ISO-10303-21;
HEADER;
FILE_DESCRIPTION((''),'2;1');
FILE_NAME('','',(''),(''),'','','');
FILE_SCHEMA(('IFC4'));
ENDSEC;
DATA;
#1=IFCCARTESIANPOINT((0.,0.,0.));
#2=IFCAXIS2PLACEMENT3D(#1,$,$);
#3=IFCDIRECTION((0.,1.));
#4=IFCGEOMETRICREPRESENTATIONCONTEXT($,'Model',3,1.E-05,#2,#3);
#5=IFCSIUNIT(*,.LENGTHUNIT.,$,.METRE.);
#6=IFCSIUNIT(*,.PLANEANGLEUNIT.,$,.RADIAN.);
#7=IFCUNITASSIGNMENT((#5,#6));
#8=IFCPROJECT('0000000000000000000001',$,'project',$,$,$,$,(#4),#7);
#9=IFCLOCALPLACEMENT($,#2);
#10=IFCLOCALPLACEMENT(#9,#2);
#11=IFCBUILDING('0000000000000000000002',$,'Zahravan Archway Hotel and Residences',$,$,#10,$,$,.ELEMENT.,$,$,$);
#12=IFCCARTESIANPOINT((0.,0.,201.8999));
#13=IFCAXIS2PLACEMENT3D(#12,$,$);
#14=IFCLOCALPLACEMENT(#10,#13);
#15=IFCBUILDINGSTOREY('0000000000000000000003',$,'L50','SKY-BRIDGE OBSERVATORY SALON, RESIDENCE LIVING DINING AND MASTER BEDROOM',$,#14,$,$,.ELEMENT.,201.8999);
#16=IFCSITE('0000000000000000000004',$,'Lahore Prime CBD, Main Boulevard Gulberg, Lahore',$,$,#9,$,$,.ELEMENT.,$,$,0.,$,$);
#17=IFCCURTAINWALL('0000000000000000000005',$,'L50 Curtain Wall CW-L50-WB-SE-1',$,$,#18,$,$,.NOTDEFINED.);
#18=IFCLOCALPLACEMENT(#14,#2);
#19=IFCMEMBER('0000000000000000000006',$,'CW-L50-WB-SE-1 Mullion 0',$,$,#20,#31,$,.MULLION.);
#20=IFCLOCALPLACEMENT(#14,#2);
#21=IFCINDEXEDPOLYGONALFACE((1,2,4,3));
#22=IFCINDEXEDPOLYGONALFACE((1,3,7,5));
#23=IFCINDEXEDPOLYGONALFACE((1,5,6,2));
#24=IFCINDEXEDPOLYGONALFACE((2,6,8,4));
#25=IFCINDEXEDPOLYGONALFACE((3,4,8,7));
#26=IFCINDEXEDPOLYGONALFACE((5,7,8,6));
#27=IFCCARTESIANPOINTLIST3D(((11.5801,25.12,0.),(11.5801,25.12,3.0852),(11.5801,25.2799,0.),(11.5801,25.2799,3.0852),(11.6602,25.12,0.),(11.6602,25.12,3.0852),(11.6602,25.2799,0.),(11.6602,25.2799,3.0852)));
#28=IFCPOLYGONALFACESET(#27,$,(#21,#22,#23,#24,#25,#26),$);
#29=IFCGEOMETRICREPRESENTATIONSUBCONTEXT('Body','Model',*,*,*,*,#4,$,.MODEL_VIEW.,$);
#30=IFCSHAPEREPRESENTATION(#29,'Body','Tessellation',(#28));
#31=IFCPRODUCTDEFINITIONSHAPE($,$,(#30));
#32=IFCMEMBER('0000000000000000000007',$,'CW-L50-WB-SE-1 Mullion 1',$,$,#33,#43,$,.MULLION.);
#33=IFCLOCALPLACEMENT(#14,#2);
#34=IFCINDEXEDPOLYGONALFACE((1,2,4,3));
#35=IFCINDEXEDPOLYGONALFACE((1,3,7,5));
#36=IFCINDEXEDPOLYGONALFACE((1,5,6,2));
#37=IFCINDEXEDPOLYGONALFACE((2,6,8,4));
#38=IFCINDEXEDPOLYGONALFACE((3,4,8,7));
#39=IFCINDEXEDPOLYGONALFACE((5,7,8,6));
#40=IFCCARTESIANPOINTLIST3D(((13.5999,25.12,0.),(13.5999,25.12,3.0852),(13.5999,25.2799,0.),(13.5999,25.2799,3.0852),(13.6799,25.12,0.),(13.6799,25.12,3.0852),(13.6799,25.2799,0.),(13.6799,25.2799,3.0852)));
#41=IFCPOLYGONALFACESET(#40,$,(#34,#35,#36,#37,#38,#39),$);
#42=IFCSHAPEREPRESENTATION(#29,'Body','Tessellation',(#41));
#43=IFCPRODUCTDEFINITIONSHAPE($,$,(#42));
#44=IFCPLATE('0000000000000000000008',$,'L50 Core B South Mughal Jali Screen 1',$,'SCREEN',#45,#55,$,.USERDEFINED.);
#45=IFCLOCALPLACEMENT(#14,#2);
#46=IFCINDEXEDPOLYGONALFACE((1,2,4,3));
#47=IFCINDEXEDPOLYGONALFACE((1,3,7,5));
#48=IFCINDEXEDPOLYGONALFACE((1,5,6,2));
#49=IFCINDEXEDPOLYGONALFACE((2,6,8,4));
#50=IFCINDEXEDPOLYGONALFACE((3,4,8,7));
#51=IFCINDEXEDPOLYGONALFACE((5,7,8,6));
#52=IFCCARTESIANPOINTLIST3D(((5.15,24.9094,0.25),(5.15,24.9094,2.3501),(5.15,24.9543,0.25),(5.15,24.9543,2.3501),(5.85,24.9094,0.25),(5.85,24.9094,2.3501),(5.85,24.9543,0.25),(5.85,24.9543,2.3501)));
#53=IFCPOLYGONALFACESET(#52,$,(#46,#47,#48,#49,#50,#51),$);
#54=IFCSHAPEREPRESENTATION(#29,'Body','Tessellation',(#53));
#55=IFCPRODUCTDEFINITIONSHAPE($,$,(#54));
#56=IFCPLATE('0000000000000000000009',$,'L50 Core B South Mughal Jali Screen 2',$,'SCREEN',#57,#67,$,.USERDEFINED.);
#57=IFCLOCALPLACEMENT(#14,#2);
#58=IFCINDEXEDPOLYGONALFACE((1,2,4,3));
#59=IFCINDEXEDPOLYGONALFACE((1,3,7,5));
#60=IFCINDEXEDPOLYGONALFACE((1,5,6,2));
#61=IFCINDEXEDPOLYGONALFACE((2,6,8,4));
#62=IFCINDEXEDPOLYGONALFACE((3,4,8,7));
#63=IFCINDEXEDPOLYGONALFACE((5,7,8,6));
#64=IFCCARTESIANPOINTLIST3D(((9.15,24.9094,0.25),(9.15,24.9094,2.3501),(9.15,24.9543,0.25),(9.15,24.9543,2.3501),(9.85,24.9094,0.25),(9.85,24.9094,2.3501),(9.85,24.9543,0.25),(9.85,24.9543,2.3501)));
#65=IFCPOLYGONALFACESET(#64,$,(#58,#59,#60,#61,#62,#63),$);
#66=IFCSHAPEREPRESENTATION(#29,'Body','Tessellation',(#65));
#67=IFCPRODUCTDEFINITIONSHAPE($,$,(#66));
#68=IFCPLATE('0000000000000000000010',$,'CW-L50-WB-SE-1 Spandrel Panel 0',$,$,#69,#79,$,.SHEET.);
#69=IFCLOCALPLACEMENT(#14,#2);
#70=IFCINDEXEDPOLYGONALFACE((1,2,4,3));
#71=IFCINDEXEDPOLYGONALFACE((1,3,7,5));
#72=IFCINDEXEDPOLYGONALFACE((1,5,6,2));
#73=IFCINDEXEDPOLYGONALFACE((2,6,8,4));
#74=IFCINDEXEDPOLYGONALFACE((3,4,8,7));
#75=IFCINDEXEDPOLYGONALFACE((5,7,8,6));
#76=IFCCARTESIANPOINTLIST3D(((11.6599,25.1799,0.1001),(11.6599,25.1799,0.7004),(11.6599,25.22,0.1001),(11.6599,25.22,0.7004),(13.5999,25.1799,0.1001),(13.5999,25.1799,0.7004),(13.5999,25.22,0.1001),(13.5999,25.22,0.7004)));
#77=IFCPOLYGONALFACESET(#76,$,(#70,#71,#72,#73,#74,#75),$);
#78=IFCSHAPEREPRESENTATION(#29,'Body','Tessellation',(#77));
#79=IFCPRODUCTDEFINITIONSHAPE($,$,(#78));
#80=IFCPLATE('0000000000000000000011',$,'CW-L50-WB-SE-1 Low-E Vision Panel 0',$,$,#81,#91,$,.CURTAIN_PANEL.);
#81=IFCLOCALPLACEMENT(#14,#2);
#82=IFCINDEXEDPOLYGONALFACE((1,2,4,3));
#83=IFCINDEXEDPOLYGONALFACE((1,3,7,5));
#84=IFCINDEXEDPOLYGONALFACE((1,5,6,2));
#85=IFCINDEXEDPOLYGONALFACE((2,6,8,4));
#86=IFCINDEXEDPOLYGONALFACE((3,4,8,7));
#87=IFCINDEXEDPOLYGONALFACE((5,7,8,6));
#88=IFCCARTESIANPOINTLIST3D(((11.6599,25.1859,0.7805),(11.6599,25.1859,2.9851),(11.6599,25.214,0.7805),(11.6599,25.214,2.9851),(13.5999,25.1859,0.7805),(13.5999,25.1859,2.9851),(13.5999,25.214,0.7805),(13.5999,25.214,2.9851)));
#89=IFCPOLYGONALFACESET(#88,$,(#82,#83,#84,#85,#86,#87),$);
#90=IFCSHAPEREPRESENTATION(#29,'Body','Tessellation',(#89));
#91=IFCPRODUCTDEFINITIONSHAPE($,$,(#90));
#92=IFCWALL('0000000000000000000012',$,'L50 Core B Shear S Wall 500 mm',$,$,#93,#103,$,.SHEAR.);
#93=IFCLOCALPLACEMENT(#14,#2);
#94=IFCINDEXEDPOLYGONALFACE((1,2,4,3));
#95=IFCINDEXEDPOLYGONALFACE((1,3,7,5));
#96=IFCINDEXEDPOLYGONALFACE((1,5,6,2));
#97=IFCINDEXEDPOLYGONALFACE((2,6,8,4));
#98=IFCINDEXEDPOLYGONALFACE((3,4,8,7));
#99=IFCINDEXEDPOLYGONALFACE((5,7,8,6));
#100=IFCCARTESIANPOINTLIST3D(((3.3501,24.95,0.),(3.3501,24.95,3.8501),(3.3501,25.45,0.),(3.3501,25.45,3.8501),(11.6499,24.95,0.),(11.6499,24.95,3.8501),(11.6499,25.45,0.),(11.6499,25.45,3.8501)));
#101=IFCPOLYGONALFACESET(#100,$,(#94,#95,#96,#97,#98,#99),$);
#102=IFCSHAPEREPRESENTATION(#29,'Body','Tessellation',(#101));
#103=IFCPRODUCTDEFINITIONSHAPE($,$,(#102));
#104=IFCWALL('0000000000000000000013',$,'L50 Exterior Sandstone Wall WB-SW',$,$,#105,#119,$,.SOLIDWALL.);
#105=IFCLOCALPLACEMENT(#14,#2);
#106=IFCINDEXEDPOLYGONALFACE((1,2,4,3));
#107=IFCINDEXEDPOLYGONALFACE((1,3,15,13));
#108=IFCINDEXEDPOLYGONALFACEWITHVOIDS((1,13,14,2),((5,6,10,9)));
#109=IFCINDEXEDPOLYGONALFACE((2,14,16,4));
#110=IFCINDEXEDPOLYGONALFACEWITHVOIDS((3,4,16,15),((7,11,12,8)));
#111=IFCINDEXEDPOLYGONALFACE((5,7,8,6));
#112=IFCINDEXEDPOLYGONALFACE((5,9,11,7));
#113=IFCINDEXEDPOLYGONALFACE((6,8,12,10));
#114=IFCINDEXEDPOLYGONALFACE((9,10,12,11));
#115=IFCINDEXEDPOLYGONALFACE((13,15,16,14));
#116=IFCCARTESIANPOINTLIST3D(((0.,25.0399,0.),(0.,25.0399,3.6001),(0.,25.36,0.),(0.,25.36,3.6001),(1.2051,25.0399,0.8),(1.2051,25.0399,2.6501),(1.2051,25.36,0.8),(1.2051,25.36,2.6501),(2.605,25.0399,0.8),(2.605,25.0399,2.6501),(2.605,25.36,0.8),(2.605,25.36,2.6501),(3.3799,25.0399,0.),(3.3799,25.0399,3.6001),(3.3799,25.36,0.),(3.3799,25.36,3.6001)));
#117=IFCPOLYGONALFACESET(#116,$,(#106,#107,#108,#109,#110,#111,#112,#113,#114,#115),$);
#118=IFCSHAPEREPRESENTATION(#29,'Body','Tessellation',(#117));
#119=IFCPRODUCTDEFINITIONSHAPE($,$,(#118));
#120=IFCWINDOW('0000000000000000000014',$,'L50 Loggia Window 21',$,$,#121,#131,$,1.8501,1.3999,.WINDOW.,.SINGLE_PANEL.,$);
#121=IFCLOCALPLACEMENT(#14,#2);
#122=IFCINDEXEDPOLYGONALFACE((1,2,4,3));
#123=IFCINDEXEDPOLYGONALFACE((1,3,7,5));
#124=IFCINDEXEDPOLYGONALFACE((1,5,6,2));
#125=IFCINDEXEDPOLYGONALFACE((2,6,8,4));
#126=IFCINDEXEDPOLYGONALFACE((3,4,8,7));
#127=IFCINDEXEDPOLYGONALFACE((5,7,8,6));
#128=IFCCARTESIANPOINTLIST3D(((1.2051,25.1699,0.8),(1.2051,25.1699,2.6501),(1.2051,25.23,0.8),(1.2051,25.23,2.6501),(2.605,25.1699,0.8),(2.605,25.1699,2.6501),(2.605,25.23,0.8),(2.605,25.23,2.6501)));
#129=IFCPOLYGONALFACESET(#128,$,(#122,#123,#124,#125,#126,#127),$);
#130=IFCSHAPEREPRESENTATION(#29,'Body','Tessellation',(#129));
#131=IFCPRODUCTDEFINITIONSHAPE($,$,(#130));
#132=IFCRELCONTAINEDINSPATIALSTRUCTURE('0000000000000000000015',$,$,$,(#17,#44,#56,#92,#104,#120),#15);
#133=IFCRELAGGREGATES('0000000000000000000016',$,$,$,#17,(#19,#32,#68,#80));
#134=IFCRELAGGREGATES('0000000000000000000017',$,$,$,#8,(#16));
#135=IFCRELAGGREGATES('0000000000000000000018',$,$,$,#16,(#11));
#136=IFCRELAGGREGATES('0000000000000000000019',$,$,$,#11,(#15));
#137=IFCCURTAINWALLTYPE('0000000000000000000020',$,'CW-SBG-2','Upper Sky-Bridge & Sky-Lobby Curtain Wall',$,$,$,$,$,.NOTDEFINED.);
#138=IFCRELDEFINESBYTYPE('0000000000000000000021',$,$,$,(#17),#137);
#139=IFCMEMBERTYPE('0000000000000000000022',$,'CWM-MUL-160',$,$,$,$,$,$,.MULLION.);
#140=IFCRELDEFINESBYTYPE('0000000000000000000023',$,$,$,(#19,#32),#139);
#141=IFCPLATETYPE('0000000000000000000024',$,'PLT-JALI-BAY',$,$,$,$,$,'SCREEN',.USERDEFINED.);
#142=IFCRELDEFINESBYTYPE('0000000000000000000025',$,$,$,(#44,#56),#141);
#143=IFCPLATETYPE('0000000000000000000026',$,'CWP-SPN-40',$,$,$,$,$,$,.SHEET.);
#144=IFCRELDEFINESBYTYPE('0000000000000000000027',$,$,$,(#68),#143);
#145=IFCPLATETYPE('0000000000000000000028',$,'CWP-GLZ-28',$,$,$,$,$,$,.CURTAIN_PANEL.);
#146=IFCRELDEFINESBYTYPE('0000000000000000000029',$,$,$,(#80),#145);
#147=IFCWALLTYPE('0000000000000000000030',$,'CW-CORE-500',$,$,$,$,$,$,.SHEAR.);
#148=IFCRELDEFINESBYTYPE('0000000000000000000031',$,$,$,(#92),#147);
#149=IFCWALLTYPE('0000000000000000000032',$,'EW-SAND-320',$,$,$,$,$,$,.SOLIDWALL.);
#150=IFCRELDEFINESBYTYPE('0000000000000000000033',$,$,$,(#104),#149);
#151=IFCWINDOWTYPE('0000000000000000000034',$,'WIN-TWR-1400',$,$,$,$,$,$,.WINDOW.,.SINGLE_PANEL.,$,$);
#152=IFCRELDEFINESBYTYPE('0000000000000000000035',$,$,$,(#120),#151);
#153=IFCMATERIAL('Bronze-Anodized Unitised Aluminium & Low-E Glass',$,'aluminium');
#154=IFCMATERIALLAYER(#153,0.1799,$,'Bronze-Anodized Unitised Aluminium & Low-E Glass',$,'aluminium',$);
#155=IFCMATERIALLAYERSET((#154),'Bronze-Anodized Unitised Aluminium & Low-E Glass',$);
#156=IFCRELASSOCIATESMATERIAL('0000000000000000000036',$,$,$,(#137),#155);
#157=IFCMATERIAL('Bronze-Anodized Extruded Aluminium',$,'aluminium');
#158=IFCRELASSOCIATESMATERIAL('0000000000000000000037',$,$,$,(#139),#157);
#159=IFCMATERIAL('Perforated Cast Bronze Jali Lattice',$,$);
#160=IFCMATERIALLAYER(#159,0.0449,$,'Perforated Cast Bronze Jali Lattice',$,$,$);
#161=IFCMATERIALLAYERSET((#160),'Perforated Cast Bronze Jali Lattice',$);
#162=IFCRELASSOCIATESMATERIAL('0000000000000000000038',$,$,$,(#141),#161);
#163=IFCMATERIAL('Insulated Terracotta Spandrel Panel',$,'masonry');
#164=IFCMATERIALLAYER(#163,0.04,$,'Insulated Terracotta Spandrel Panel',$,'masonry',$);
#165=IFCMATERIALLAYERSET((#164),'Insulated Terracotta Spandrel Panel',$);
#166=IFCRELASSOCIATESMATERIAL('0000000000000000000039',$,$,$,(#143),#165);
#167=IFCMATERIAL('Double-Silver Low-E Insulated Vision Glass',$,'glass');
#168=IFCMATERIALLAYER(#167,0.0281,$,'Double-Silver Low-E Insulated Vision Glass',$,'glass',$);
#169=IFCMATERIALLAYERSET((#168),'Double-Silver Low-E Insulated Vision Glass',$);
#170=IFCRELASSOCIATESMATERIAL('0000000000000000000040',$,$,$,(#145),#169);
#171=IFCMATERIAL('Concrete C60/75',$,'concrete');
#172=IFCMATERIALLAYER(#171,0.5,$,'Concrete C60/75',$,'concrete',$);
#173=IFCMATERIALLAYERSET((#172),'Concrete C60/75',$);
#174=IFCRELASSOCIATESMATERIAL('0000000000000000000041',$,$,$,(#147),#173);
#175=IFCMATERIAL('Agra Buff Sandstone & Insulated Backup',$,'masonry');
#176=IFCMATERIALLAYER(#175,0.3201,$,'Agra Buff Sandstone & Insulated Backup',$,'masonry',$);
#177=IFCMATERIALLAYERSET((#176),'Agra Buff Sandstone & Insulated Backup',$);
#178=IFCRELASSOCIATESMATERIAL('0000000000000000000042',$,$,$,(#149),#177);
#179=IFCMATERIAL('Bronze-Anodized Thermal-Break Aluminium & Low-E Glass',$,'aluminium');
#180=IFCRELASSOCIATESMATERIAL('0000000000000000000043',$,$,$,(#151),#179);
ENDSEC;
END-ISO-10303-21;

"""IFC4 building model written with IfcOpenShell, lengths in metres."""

from ifc_helpers import new_model, si_unit, direction, frame, frame_2d, origin, origin_2d, place, context, subcontext, project, spatial, rectangle, extrude, source, transform, mapped, material, layer, layer_set, material_profile, profile_set, type_object, type_shapes, element, fill, aggregate, save


model = new_model("IFC4")

# Units and contexts
model_context = context("Model", 3, precision=1e-05, world=origin(), true_north=direction((0.0, 1.0)))
body_context = subcontext(model_context, "Body", "Model", "MODEL_VIEW")
ifc_project = project(units=[si_unit("LENGTHUNIT", "METRE"), si_unit("PLANEANGLEUNIT", "RADIAN")], contexts=[model_context])

# Site, building, storey
site_placement = place(None, origin())
site = spatial("IfcSite", under=ifc_project, at=site_placement, Name="Lahore Prime CBD, Main Boulevard Gulberg, Lahore", CompositionType="ELEMENT", RefElevation=0.0)
building_placement = place(site_placement, origin())
building = spatial("IfcBuilding", under=site, at=building_placement, Name="Zahravan Archway Hotel and Residences", CompositionType="ELEMENT")
storey_placement = place(building_placement, frame((0.0, 0.0, 201.8999)))
storey = spatial("IfcBuildingStorey", under=building, at=storey_placement, Name="L50", Description="SKY-BRIDGE OBSERVATORY SALON, RESIDENCE LIVING DINING AND MASTER BEDROOM", CompositionType="ELEMENT", Elevation=201.8999)

# Shared definitions
ifc_material_1 = material(Name="Concrete C60/75", Category="concrete")

# Curtain wall, members
ifc_material_2 = material(Name="Bronze-Anodized Unitised Aluminium & Low-E Glass", Category="aluminium")
ifc_layer_1 = layer(ifc_material_2, 0.1799, Name="Bronze-Anodized Unitised Aluminium & Low-E Glass", Category="aluminium")
ifc_layer_set_1 = layer_set([ifc_layer_1], Name="Bronze-Anodized Unitised Aluminium & Low-E Glass")
curtain_wall_type = type_object("IfcCurtainWallType", Name="CW-SBG-2", Description="Upper Sky-Bridge & Sky-Lobby Curtain Wall", PredefinedType="NOTDEFINED", material=ifc_layer_set_1)
curtain_wall_placement = place(storey_placement, origin())
curtain_wall = element("IfcCurtainWall", 1, at=curtain_wall_placement, inside=storey, type_object=curtain_wall_type, Name="L50 Curtain Wall CW-L50-WB-SE-1", PredefinedType="NOTDEFINED")
ifc_material_3 = material(Name="Bronze-Anodized Extruded Aluminium", Category="aluminium")
ifc_material_profile_1 = material_profile(ifc_material_3, rectangle(XDim=0.0801, YDim=0.1599, at=origin_2d()), Name="MUL 80x160", Category="aluminium")
ifc_profile_set_1 = profile_set([ifc_material_profile_1], Name="Bronze-Anodized Extruded Aluminium")
member_type_1 = type_object("IfcMemberType", Name="CWM-MUL-160", PredefinedType="MULLION", material=ifc_profile_set_1)
shared_shape_1 = source(origin(), body_context, "Body", "SweptSolid", [
    extrude(rectangle(XDim=0.0801, YDim=0.1599, at=origin_2d()), origin(), (0.0, 0.0, 1.0), 3.0852),
])
member_1_placement = place(storey_placement, frame((11.6201, 25.2, 0.0), z_axis=(0.0, 0.0, 1.0), x_axis=(1.0, 0.0, 0.0)))
member_1 = element("IfcMember", 2, at=member_1_placement, type_object=member_type_1, Name="CW-L50-WB-SE-1 Mullion 0", PredefinedType="MULLION", context=body_context, shape_type="MappedRepresentation", body=[
    mapped(shared_shape_1, transform((0.0, 0.0, 0.0), scale=1.0)),
])
member_2_placement = place(storey_placement, frame((13.6399, 25.2, 0.0), z_axis=(0.0, 0.0, 1.0), x_axis=(1.0, 0.0, 0.0)))
member_2 = element("IfcMember", 3, at=member_2_placement, type_object=member_type_1, Name="CW-L50-WB-SE-1 Mullion 1", PredefinedType="MULLION", context=body_context, shape_type="MappedRepresentation", body=[
    mapped(shared_shape_1, transform((0.0, 0.0, 0.0), scale=1.0)),
])

# Plates
ifc_material_4 = material(Name="Perforated Cast Bronze Jali Lattice")
ifc_layer_2 = layer(ifc_material_4, 0.0449, Name="Perforated Cast Bronze Jali Lattice")
ifc_layer_set_2 = layer_set([ifc_layer_2], Name="Perforated Cast Bronze Jali Lattice")
plate_type_1 = type_object("IfcPlateType", Name="PLT-JALI-BAY", ElementType="SCREEN", PredefinedType="USERDEFINED", material=ifc_layer_set_2)
shared_shape_2 = source(origin(), body_context, "Body", "SweptSolid", [
    extrude(rectangle(XDim=0.7, YDim=0.0449, at=origin_2d()), origin(), (0.0, 0.0, 1.0), 2.1001),
])
type_shapes(plate_type_1, [shared_shape_2])
for number, where, z_axis, x_axis, name in (
    (4, (5.5, 24.9319, 0.25), (0.0, 0.0, 1.0), (1.0, 0.0, 0.0), "L50 Core B South Mughal Jali Screen 1"),
    (5, (9.5, 24.9319, 0.25), (0.0, 0.0, 1.0), (1.0, 0.0, 0.0), "L50 Core B South Mughal Jali Screen 2"),
):
    element("IfcPlate", number, at=place(storey_placement, frame(where, z_axis=z_axis, x_axis=x_axis)), inside=storey, type_object=plate_type_1, Name=name, ObjectType="SCREEN", PredefinedType="USERDEFINED", context=body_context, shape_type="MappedRepresentation", body=[
        mapped(shared_shape_2, transform((0.0, 0.0, 0.0), scale=1.0)),
    ])

# Plates
ifc_material_5 = material(Name="Insulated Terracotta Spandrel Panel", Category="masonry")
ifc_layer_3 = layer(ifc_material_5, 0.04, Name="Insulated Terracotta Spandrel Panel", Category="masonry")
ifc_layer_set_3 = layer_set([ifc_layer_3], Name="Insulated Terracotta Spandrel Panel")
plate_type_2 = type_object("IfcPlateType", Name="CWP-SPN-40", PredefinedType="SHEET", material=ifc_layer_set_3)
shared_shape_3 = source(origin(), body_context, "Body", "SweptSolid", [
    extrude(rectangle(XDim=1.9399, YDim=0.04, at=origin_2d()), origin(), (0.0, 0.0, 1.0), 0.6003),
])
plate_1_placement = place(storey_placement, frame((12.6299, 25.2, 0.1001), z_axis=(0.0, 0.0, 1.0), x_axis=(1.0, 0.0, 0.0)))
plate_1 = element("IfcPlate", 6, at=plate_1_placement, type_object=plate_type_2, Name="CW-L50-WB-SE-1 Spandrel Panel 0", PredefinedType="SHEET", context=body_context, shape_type="MappedRepresentation", body=[
    mapped(shared_shape_3, transform((0.0, 0.0, 0.0), scale=1.0)),
])
ifc_material_6 = material(Name="Double-Silver Low-E Insulated Vision Glass", Category="glass")
ifc_layer_4 = layer(ifc_material_6, 0.0281, Name="Double-Silver Low-E Insulated Vision Glass", Category="glass")
ifc_layer_set_4 = layer_set([ifc_layer_4], Name="Double-Silver Low-E Insulated Vision Glass")
plate_type_3 = type_object("IfcPlateType", Name="CWP-GLZ-28", PredefinedType="CURTAIN_PANEL", material=ifc_layer_set_4)
shared_shape_4 = source(origin(), body_context, "Body", "SweptSolid", [
    extrude(rectangle(XDim=1.9399, YDim=0.0281, at=origin_2d()), origin(), (0.0, 0.0, 1.0), 2.2046),
])
plate_2_placement = place(storey_placement, frame((12.6299, 25.2, 0.7805), z_axis=(0.0, 0.0, 1.0), x_axis=(1.0, 0.0, 0.0)))
plate_2 = element("IfcPlate", 7, at=plate_2_placement, type_object=plate_type_3, Name="CW-L50-WB-SE-1 Low-E Vision Panel 0", PredefinedType="CURTAIN_PANEL", context=body_context, shape_type="MappedRepresentation", body=[
    mapped(shared_shape_4, transform((0.0, 0.0, 0.0), scale=1.0)),
])
aggregate(curtain_wall, [member_1, member_2, plate_1, plate_2])

# Wall
ifc_layer_5 = layer(ifc_material_1, 0.5, Name="Concrete C60/75", Category="concrete")
ifc_layer_set_5 = layer_set([ifc_layer_5], Name="Concrete C60/75")
wall_type_1 = type_object("IfcWallType", Name="CW-CORE-500", PredefinedType="SHEAR", material=ifc_layer_set_5)
wall_1_placement = place(storey_placement, frame((3.3501, 25.2, 0.0), z_axis=(0.0, 0.0, 1.0), x_axis=(1.0, 0.0, 0.0)))
element("IfcWall", 8, at=wall_1_placement, inside=storey, type_object=wall_type_1, Name="L50 Core B Shear S Wall 500 mm", PredefinedType="SHEAR", context=body_context, shape_type="SweptSolid", body=[
    extrude(rectangle(XDim=8.2998, YDim=0.5, at=frame_2d((4.1499, 0.0))), origin(), (0.0, 0.0, 1.0), 3.8501),
])

# Wall, opening, window
ifc_material_7 = material(Name="Agra Buff Sandstone & Insulated Backup", Category="masonry")
ifc_layer_6 = layer(ifc_material_7, 0.3201, Name="Agra Buff Sandstone & Insulated Backup", Category="masonry")
ifc_layer_set_6 = layer_set([ifc_layer_6], Name="Agra Buff Sandstone & Insulated Backup")
wall_type_2 = type_object("IfcWallType", Name="EW-SAND-320", PredefinedType="SOLIDWALL", material=ifc_layer_set_6)
wall_2_placement = place(storey_placement, frame((0.0, 25.2, 0.0), z_axis=(0.0, 0.0, 1.0), x_axis=(1.0, 0.0, 0.0)))
wall_2 = element("IfcWall", 9, at=wall_2_placement, inside=storey, type_object=wall_type_2, Name="L50 Exterior Sandstone Wall WB-SW", PredefinedType="SOLIDWALL", context=body_context, shape_type="SweptSolid", body=[
    extrude(rectangle(XDim=3.3799, YDim=0.3201, at=frame_2d((1.6899, 0.0))), origin(), (0.0, 0.0, 1.0), 3.6001),
])
opening_1_placement = place(wall_2_placement, frame((1.2051, 0.0, 0.8)))
opening_1 = element("IfcOpeningElement", 10, at=opening_1_placement, cuts=wall_2, PredefinedType="OPENING", context=body_context, shape_type="SweptSolid", body=[
    extrude(rectangle(XDim=1.3999, YDim=1.8501, at=frame_2d((0.7, 0.925))), frame((0.0, 0.1699, 0.0), z_axis=(0.0, -1.0, 0.0), x_axis=(1.0, 0.0, 0.0)), (0.0, 0.0, 1.0), 0.3401),
])
ifc_material_8 = material(Name="Bronze-Anodized Thermal-Break Aluminium & Low-E Glass", Category="aluminium")
window_type_1 = type_object("IfcWindowType", Name="WIN-TWR-1400", PartitioningType="SINGLE_PANEL", PredefinedType="WINDOW", material=ifc_material_8)
shared_shape_5 = source(origin(), body_context, "Body", "SweptSolid", [
    extrude(rectangle(XDim=1.3999, YDim=1.8501, at=frame_2d((0.7, 0.925))), frame((0.0, 0.03, 0.0), z_axis=(0.0, -1.0, 0.0), x_axis=(1.0, 0.0, 0.0)), (0.0, 0.0, 1.0), 0.0601),
])
type_shapes(window_type_1, [shared_shape_5])
window_1_placement = place(opening_1_placement, origin())
window_1 = element("IfcWindow", 11, at=window_1_placement, inside=storey, type_object=window_type_1, Name="L50 Loggia Window 21", OverallHeight=1.8501, OverallWidth=1.3999, PartitioningType="SINGLE_PANEL", PredefinedType="WINDOW", context=body_context, shape_type="MappedRepresentation", body=[
    mapped(shared_shape_5, transform((0.0, 0.0, 0.0), scale=1.0)),
])
fill(opening_1, window_1)

save(model, "model.ifc")
